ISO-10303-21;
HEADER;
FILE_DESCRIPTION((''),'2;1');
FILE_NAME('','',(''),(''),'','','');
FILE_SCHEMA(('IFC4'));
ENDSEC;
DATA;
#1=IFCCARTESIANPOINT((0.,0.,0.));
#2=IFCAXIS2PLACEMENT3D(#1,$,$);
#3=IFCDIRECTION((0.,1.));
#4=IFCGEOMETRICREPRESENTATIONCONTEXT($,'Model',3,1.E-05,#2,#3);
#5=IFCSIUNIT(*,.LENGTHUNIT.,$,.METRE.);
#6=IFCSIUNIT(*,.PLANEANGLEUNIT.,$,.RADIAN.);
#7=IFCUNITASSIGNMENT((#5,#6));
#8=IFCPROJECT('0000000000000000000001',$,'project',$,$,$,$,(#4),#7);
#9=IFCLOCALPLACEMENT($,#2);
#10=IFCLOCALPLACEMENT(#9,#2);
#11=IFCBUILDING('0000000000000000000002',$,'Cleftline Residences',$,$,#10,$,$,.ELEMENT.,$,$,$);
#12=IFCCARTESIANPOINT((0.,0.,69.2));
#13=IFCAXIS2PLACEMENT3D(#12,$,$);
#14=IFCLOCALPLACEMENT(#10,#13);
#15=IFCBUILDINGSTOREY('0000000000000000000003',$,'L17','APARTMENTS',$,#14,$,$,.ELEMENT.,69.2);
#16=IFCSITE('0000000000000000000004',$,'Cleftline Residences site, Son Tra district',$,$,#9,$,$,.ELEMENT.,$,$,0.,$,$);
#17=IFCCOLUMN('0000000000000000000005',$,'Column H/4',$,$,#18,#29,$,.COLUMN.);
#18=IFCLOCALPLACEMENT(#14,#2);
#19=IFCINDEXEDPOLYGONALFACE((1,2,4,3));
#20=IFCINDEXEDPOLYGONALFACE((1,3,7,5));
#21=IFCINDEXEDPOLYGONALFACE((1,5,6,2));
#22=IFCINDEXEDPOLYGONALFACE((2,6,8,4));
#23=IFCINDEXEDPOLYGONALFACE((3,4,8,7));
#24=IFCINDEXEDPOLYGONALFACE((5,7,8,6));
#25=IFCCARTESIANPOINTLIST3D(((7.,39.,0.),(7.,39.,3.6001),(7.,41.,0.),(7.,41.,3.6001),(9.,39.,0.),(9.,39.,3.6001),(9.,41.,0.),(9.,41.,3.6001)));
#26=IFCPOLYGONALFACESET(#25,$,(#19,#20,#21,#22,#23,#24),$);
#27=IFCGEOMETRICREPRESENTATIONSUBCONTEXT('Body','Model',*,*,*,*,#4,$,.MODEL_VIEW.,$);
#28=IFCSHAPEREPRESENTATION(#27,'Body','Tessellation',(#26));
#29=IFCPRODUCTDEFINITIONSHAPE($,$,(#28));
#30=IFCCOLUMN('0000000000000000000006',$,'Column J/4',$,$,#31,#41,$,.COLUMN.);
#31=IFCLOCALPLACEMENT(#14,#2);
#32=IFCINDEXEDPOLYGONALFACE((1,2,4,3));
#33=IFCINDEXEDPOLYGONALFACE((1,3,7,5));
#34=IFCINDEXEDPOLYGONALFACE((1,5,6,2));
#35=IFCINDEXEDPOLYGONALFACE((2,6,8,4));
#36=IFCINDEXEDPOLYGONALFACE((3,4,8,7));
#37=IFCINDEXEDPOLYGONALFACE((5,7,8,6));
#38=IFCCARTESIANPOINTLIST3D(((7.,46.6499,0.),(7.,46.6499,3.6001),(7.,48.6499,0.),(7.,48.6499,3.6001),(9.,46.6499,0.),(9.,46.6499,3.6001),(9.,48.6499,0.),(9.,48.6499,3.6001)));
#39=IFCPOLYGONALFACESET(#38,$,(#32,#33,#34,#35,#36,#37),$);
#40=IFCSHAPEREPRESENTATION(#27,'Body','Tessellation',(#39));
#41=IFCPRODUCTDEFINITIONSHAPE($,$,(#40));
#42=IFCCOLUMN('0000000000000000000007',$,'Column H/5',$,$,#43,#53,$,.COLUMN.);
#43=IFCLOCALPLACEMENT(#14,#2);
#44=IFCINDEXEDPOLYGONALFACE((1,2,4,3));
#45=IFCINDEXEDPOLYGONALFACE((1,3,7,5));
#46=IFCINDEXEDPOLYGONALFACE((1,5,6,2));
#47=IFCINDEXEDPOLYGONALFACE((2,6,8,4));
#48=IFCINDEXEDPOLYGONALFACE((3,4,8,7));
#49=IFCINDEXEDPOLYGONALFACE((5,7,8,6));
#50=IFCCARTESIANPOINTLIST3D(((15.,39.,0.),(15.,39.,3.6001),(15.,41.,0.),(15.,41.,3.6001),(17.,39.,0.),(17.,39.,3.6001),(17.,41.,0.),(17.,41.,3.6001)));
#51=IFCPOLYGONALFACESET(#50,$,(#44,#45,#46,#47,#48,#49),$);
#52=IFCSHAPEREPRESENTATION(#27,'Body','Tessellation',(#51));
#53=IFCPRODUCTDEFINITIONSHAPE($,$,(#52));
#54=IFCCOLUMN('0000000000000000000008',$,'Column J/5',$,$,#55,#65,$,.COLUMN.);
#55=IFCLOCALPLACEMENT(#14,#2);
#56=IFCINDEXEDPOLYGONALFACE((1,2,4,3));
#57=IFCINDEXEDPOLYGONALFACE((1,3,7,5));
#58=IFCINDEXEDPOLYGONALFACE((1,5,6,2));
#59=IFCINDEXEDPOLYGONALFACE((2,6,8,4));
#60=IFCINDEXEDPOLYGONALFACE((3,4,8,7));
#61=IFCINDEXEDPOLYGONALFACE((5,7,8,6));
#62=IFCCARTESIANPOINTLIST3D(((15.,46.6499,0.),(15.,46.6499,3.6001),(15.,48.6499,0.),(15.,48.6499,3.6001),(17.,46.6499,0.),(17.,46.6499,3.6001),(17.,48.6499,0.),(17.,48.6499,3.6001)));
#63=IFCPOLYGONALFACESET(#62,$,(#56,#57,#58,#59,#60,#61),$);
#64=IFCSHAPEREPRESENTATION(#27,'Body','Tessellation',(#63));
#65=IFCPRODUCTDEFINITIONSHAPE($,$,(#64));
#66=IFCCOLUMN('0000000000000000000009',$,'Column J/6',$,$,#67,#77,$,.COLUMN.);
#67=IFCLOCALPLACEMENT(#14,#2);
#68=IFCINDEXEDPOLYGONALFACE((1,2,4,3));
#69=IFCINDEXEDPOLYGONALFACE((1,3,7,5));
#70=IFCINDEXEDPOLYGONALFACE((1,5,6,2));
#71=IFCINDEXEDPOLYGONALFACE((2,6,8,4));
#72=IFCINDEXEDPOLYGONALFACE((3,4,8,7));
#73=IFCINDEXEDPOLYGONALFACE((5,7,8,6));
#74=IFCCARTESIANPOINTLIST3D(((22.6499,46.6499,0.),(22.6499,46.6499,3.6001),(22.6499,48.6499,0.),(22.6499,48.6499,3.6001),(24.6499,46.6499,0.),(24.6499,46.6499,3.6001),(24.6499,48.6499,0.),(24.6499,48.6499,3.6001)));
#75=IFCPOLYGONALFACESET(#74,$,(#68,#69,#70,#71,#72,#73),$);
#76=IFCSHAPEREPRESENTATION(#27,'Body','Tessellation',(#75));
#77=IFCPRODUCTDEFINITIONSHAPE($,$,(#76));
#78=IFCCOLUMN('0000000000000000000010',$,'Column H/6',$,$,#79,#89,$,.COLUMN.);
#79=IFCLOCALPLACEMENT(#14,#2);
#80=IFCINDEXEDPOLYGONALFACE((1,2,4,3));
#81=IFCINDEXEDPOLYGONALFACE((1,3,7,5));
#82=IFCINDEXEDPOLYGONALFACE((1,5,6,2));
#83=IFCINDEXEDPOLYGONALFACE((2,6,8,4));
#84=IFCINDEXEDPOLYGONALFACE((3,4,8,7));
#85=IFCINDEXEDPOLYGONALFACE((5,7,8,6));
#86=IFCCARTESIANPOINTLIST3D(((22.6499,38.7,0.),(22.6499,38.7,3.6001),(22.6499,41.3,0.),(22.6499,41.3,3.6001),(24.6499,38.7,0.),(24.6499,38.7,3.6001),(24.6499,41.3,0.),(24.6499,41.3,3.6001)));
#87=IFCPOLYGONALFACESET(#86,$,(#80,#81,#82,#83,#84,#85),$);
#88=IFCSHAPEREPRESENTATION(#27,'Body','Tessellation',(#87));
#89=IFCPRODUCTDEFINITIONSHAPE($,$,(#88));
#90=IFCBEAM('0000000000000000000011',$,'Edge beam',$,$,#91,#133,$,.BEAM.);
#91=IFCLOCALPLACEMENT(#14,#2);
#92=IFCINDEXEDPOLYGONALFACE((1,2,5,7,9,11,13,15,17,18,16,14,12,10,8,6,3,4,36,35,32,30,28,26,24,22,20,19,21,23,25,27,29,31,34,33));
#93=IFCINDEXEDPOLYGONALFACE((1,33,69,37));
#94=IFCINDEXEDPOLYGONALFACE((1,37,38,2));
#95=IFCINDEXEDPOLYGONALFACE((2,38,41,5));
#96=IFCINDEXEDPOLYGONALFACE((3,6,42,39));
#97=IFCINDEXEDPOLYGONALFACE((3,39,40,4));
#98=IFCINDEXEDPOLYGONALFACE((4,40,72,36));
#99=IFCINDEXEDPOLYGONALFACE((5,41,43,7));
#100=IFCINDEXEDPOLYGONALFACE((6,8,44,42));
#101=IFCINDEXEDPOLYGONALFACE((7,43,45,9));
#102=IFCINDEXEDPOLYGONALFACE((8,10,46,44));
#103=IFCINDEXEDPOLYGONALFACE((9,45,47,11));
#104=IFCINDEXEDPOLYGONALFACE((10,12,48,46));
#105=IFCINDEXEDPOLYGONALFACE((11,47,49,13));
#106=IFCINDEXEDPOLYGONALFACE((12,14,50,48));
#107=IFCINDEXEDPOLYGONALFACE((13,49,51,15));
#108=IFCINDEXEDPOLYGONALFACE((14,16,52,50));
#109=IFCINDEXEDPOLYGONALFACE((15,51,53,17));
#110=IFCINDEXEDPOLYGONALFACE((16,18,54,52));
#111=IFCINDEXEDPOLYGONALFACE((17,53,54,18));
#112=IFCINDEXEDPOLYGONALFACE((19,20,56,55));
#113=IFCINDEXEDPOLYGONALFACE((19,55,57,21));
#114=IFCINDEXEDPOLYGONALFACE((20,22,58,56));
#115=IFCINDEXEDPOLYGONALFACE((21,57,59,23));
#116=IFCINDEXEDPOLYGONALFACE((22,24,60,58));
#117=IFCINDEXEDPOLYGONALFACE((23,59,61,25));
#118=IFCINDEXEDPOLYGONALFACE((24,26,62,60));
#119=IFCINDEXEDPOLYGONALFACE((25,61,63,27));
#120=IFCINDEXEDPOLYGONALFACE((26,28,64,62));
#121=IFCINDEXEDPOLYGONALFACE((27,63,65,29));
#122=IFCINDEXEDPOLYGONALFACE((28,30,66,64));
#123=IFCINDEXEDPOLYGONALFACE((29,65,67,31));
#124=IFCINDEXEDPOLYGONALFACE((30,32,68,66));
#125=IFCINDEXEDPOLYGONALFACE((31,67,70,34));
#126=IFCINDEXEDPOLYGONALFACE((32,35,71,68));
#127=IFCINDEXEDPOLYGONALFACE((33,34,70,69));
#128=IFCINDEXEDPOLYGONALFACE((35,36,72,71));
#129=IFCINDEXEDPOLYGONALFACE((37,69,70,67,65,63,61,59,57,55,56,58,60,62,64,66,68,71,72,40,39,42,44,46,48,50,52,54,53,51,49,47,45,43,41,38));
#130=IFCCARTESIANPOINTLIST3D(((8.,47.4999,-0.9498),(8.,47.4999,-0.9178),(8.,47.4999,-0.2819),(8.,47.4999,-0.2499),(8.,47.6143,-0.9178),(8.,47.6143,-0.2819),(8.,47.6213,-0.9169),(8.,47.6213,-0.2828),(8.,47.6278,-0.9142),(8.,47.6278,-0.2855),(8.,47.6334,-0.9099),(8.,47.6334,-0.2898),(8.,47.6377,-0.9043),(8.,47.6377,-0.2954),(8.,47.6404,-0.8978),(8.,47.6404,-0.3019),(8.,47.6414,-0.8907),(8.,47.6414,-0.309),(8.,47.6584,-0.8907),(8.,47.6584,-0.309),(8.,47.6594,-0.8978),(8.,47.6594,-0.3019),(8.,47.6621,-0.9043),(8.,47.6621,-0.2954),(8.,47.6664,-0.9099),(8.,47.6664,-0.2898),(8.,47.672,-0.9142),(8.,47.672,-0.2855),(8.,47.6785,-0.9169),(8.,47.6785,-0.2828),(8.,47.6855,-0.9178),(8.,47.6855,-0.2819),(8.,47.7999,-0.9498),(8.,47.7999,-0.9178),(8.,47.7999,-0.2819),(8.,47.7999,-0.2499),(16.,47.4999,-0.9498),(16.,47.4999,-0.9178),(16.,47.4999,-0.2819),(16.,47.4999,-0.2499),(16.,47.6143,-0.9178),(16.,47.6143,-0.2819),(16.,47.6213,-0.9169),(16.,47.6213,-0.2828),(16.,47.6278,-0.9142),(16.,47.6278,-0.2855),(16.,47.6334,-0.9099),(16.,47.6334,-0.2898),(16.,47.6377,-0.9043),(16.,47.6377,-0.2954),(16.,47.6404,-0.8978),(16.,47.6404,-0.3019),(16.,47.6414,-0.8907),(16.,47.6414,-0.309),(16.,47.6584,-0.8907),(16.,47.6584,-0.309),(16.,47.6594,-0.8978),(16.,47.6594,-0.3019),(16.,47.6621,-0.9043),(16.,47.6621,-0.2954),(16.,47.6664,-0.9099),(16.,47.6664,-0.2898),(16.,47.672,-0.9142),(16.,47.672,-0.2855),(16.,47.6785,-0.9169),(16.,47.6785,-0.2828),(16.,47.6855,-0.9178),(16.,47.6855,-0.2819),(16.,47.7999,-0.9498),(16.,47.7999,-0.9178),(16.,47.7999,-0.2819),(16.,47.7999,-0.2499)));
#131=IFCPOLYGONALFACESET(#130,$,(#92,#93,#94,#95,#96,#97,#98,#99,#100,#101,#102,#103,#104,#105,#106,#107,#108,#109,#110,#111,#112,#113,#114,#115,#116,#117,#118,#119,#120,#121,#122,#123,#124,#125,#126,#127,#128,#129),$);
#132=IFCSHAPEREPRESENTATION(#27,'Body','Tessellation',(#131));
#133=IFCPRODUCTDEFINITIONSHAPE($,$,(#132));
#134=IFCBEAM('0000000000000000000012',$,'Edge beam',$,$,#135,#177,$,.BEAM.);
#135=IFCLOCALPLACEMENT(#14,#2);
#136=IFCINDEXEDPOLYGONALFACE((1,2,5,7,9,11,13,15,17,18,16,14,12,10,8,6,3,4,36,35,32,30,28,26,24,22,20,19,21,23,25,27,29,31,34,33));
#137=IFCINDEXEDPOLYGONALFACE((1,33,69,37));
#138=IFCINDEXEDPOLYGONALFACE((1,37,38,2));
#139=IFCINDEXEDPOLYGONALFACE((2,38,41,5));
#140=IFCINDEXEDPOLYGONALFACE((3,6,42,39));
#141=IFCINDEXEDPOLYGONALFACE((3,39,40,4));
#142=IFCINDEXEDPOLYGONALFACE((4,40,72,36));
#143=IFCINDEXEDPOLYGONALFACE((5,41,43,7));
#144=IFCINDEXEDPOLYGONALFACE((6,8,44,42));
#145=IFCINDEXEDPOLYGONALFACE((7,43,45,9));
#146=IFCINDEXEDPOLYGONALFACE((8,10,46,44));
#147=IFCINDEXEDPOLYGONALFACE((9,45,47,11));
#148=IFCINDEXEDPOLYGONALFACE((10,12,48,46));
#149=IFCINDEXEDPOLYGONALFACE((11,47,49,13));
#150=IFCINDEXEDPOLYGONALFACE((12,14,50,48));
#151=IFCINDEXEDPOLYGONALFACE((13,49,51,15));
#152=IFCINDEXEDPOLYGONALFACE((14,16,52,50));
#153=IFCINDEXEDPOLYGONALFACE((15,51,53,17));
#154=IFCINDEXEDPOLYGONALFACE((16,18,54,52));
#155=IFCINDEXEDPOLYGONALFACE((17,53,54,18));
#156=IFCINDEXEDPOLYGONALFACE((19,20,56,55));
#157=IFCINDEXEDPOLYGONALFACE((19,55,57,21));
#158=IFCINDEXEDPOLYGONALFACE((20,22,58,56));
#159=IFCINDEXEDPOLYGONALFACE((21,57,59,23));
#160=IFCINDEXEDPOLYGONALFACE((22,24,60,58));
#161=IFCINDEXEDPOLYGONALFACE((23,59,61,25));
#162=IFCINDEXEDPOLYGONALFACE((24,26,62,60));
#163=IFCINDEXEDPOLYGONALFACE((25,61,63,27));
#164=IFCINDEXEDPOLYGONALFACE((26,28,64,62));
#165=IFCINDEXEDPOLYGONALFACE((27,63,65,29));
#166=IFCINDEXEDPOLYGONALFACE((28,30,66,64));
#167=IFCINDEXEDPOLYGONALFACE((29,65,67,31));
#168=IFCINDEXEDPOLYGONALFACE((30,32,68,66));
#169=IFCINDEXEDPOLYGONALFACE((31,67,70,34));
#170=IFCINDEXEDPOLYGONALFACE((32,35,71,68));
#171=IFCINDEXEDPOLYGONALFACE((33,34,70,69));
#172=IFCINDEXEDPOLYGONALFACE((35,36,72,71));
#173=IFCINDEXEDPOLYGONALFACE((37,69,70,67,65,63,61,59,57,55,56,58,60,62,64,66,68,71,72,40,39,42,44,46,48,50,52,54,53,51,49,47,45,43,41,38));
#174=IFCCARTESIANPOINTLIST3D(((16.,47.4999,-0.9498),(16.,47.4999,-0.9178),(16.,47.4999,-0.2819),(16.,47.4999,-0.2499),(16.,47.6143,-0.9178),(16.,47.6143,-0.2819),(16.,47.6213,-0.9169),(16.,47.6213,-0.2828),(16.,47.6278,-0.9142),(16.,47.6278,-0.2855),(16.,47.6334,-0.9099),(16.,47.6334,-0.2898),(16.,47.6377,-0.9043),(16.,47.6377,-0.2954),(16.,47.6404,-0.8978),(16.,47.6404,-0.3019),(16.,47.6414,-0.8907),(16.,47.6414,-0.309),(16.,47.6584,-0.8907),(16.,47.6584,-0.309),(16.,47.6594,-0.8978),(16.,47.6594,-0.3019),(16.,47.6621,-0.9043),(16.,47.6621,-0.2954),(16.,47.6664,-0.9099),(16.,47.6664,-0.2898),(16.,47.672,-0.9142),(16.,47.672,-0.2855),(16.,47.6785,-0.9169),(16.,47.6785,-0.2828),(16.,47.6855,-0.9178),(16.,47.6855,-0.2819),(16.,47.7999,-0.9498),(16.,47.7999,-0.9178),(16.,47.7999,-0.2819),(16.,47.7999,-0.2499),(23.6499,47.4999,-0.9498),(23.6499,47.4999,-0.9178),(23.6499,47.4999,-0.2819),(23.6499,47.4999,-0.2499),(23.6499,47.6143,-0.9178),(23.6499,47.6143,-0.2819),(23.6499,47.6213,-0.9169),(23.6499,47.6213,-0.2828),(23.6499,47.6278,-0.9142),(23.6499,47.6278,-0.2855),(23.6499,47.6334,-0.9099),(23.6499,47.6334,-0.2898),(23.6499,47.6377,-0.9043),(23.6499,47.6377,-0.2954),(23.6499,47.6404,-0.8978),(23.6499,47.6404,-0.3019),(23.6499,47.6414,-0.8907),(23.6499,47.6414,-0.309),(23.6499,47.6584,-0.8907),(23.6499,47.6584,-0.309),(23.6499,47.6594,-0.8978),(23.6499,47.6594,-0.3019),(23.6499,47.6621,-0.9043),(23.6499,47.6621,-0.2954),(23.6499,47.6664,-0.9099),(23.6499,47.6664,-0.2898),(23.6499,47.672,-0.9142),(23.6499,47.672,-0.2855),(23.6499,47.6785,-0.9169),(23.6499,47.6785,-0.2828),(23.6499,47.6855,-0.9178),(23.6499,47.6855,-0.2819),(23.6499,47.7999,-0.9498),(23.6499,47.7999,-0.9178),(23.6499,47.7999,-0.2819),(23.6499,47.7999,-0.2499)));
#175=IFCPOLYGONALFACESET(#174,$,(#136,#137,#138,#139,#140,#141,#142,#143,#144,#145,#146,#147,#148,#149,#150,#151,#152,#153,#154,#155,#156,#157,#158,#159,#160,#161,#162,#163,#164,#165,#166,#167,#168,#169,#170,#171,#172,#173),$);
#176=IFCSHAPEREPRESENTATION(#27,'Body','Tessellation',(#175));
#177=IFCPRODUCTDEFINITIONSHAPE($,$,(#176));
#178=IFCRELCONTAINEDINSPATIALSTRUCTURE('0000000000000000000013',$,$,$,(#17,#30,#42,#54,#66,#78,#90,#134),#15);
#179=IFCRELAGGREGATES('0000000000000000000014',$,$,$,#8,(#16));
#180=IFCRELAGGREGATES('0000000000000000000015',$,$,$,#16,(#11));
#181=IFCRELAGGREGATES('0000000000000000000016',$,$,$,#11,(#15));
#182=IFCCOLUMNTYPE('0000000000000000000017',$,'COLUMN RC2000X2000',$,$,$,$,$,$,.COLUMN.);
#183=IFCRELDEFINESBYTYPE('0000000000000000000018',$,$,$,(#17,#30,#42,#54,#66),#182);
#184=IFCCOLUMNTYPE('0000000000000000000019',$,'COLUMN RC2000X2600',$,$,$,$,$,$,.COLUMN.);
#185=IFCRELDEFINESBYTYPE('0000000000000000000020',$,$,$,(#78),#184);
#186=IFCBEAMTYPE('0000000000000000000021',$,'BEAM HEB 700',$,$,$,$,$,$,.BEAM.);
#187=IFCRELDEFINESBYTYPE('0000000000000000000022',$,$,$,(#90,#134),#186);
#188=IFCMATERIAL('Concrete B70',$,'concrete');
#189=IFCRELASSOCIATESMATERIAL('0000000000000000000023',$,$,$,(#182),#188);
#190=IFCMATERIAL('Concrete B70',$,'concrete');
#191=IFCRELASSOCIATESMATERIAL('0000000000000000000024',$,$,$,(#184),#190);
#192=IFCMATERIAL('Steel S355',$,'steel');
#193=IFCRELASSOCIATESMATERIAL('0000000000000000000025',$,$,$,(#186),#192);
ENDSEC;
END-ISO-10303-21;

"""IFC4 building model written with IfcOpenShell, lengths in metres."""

from ifc_helpers import new_model, si_unit, direction, frame, origin, origin_2d, place, context, subcontext, project, spatial, rectangle, i_section, extrude, material, material_profile, profile_set, type_object, element, save


model = new_model("IFC4")

# Units and contexts
model_context = context("Model", 3, precision=1e-05, world=origin(), true_north=direction((0.0, 1.0)))
body_context = subcontext(model_context, "Body", "Model", "MODEL_VIEW")
ifc_project = project(units=[si_unit("LENGTHUNIT", "METRE"), si_unit("PLANEANGLEUNIT", "RADIAN")], contexts=[model_context])

# Site, building, storey
site_placement = place(None, origin())
site = spatial("IfcSite", under=ifc_project, at=site_placement, Name="Cleftline Residences site, Son Tra district", CompositionType="ELEMENT", RefElevation=0.0)
building_placement = place(site_placement, origin())
building = spatial("IfcBuilding", under=site, at=building_placement, Name="Cleftline Residences", CompositionType="ELEMENT")
storey_placement = place(building_placement, frame((0.0, 0.0, 69.2)))
storey = spatial("IfcBuildingStorey", under=building, at=storey_placement, Name="L17", Description="APARTMENTS", CompositionType="ELEMENT", Elevation=69.2)

# Columns
ifc_material_1 = material(Name="Concrete B70", Category="concrete")
ifc_material_profile_1 = material_profile(ifc_material_1, rectangle(XDim=2.0, YDim=2.0, at=origin_2d()))
ifc_profile_set_1 = profile_set([ifc_material_profile_1], Name="Concrete B70")
column_type_1 = type_object("IfcColumnType", Name="COLUMN RC2000X2000", PredefinedType="COLUMN", material=ifc_profile_set_1)
for number, where, z_axis, x_axis, name in (
    (1, (8.0, 40.0, 0.0), (0.0, 0.0, 1.0), (1.0, 0.0, 0.0), "Column H/4"),
    (2, (8.0, 47.6499, 0.0), (0.0, 0.0, 1.0), (1.0, 0.0, 0.0), "Column J/4"),
    (3, (16.0, 40.0, 0.0), (0.0, 0.0, 1.0), (1.0, 0.0, 0.0), "Column H/5"),
    (4, (16.0, 47.6499, 0.0), (0.0, 0.0, 1.0), (1.0, 0.0, 0.0), "Column J/5"),
    (5, (23.6499, 47.6499, 0.0), (0.0, 0.0, 1.0), (1.0, 0.0, 0.0), "Column J/6"),
):
    element("IfcColumn", number, at=place(storey_placement, frame(where, z_axis=z_axis, x_axis=x_axis)), inside=storey, type_object=column_type_1, Name=name, PredefinedType="COLUMN", context=body_context, shape_type="SweptSolid", body=[
        extrude(rectangle(XDim=2.0, YDim=2.0, at=origin_2d()), origin(), (0.0, 0.0, 1.0), 3.6001),
    ])
ifc_material_2 = material(Name="Concrete B70", Category="concrete")
ifc_material_profile_2 = material_profile(ifc_material_2, rectangle(XDim=2.0, YDim=2.6001, at=origin_2d()))
ifc_profile_set_2 = profile_set([ifc_material_profile_2], Name="Concrete B70")
column_type_2 = type_object("IfcColumnType", Name="COLUMN RC2000X2600", PredefinedType="COLUMN", material=ifc_profile_set_2)
column_placement = place(storey_placement, frame((23.6499, 40.0, 0.0), z_axis=(0.0, 0.0, 1.0), x_axis=(1.0, 0.0, 0.0)))
element("IfcColumn", 6, at=column_placement, inside=storey, type_object=column_type_2, Name="Column H/6", PredefinedType="COLUMN", context=body_context, shape_type="SweptSolid", body=[
    extrude(rectangle(XDim=2.0, YDim=2.6001, at=origin_2d()), origin(), (0.0, 0.0, 1.0), 3.6001),
])

# Beams
ifc_material_3 = material(Name="Steel S355", Category="steel")
ifc_material_profile_3 = material_profile(ifc_material_3, i_section(OverallWidth=0.3, OverallDepth=0.7, WebThickness=0.0171, FlangeThickness=0.032, FilletRadius=0.0271, at=origin_2d()))
ifc_profile_set_3 = profile_set([ifc_material_profile_3], Name="Steel S355")
beam_type = type_object("IfcBeamType", Name="BEAM HEB 700", PredefinedType="BEAM", material=ifc_profile_set_3)
beam_placement = place(storey_placement, frame((8.0, 47.6499, -0.5999), z_axis=(1.0, 0.0, 0.0), x_axis=(0.0, 1.0, 0.0)))
element("IfcBeam", 7, at=beam_placement, inside=storey, type_object=beam_type, Name="Edge beam", PredefinedType="BEAM", context=body_context, shape_type="SweptSolid", body=[
    extrude(i_section(OverallWidth=0.3, OverallDepth=0.7, WebThickness=0.0171, FlangeThickness=0.032, FilletRadius=0.0271, at=origin_2d()), origin(), (0.0, 0.0, 1.0), 8.0),
])
for number, where, z_axis, x_axis, name in (
    (8, (16.0, 47.6499, -0.5999), (1.0, 0.0, 0.0), (0.0, 1.0, 0.0), "Edge beam"),
):
    element("IfcBeam", number, at=place(storey_placement, frame(where, z_axis=z_axis, x_axis=x_axis)), inside=storey, type_object=beam_type, Name=name, PredefinedType="BEAM", context=body_context, shape_type="SweptSolid", body=[
        extrude(i_section(OverallWidth=0.3, OverallDepth=0.7, WebThickness=0.0171, FlangeThickness=0.032, FilletRadius=0.0271, at=origin_2d()), origin(), (0.0, 0.0, 1.0), 7.6499),
    ])

save(model, "model.ifc")
